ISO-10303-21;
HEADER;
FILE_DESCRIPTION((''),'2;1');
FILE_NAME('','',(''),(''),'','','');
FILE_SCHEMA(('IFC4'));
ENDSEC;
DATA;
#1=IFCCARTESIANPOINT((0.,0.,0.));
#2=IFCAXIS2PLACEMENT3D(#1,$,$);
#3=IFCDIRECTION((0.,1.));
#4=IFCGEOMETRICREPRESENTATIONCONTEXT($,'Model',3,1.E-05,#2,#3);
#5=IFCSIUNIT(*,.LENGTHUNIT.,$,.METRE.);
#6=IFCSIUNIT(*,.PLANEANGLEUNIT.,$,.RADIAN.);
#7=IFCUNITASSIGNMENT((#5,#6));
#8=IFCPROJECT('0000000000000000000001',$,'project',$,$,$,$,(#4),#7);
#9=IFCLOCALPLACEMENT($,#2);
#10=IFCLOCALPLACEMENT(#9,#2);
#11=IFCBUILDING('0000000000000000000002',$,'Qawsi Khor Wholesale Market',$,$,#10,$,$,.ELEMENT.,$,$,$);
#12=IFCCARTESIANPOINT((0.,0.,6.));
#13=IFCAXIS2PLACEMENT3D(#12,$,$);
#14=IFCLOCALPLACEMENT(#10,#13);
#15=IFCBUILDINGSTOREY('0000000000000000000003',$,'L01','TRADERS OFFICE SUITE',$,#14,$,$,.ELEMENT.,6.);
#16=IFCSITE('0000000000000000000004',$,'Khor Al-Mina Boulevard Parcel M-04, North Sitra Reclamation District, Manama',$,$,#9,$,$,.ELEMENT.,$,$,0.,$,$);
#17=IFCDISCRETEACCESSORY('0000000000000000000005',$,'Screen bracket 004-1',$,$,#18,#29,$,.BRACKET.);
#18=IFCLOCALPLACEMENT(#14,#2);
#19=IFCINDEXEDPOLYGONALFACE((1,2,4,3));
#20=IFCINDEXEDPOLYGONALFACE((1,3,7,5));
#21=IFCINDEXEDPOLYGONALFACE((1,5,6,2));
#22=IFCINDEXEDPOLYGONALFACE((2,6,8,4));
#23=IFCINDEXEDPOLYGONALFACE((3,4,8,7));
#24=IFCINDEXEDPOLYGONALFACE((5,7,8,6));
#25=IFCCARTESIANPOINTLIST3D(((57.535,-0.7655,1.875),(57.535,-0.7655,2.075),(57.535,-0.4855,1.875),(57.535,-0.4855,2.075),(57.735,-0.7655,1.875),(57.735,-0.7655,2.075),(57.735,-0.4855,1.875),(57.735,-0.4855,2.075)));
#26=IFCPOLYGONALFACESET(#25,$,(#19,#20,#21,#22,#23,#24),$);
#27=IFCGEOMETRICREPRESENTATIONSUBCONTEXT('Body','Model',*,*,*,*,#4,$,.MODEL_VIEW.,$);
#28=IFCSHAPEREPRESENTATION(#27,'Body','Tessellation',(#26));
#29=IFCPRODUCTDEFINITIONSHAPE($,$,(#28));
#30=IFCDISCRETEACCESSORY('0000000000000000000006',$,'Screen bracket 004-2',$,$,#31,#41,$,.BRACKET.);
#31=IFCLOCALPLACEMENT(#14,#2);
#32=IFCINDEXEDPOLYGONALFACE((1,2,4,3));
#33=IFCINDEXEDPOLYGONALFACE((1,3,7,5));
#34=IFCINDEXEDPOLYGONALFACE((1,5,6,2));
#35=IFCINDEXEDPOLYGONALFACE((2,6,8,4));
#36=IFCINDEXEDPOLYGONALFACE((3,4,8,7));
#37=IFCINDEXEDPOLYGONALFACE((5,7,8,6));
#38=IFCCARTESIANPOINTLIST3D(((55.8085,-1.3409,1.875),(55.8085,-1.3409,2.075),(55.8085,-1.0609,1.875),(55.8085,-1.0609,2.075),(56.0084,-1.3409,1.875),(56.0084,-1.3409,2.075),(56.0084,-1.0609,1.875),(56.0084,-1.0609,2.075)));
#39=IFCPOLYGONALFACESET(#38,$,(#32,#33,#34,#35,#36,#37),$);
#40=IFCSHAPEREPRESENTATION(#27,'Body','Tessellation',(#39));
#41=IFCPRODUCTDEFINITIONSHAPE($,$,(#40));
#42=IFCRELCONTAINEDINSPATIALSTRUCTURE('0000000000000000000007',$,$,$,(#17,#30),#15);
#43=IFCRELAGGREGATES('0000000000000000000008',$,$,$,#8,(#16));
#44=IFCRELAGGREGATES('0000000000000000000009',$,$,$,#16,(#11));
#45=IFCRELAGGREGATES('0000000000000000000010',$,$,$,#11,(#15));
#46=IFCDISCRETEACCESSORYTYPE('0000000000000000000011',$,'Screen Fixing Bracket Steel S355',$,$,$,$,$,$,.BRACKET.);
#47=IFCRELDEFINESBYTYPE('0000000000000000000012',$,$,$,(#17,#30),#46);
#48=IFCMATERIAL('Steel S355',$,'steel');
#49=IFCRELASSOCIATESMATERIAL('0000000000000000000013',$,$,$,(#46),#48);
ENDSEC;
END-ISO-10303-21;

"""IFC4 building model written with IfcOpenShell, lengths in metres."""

from ifc_helpers import new_model, si_unit, direction, frame, origin, origin_2d, place, context, subcontext, project, spatial, rectangle, extrude, material, type_object, element, save


model = new_model("IFC4")

# Units and contexts
model_context = context("Model", 3, precision=1e-05, world=origin(), true_north=direction((0.0, 1.0)))
body_context = subcontext(model_context, "Body", "Model", "MODEL_VIEW")
ifc_project = project(units=[si_unit("LENGTHUNIT", "METRE"), si_unit("PLANEANGLEUNIT", "RADIAN")], contexts=[model_context])

# Site, building, storey
site_placement = place(None, origin())
site = spatial("IfcSite", under=ifc_project, at=site_placement, Name="Khor Al-Mina Boulevard Parcel M-04, North Sitra Reclamation District, Manama", CompositionType="ELEMENT", RefElevation=0.0)
building_placement = place(site_placement, origin())
building = spatial("IfcBuilding", under=site, at=building_placement, Name="Qawsi Khor Wholesale Market", CompositionType="ELEMENT")
storey_placement = place(building_placement, frame((0.0, 0.0, 6.0)))
storey = spatial("IfcBuildingStorey", under=building, at=storey_placement, Name="L01", Description="TRADERS OFFICE SUITE", CompositionType="ELEMENT", Elevation=6.0)

# Shared definitions
ifc_material_1 = material(Name="Steel S355", Category="steel")

# Discrete accessories
discrete_accessory_type = type_object("IfcDiscreteAccessoryType", Name="Screen Fixing Bracket Steel S355", PredefinedType="BRACKET", material=ifc_material_1)
for number, where, z_axis, x_axis, name in (
    (1, (57.635, -0.6255, 1.875), (0.0, 0.0, 1.0), (1.0, 0.0, 0.0), "Screen bracket 004-1"),
    (2, (55.9084, -1.2009, 1.875), (0.0, 0.0, 1.0), (1.0, 0.0, 0.0), "Screen bracket 004-2"),
):
    element("IfcDiscreteAccessory", number, at=place(storey_placement, frame(where, z_axis=z_axis, x_axis=x_axis)), inside=storey, type_object=discrete_accessory_type, Name=name, PredefinedType="BRACKET", context=body_context, shape_type="SweptSolid", body=[
        extrude(rectangle(XDim=0.2, YDim=0.28, at=origin_2d()), origin(), (0.0, 0.0, 1.0), 0.2),
    ])

save(model, "model.ifc")
